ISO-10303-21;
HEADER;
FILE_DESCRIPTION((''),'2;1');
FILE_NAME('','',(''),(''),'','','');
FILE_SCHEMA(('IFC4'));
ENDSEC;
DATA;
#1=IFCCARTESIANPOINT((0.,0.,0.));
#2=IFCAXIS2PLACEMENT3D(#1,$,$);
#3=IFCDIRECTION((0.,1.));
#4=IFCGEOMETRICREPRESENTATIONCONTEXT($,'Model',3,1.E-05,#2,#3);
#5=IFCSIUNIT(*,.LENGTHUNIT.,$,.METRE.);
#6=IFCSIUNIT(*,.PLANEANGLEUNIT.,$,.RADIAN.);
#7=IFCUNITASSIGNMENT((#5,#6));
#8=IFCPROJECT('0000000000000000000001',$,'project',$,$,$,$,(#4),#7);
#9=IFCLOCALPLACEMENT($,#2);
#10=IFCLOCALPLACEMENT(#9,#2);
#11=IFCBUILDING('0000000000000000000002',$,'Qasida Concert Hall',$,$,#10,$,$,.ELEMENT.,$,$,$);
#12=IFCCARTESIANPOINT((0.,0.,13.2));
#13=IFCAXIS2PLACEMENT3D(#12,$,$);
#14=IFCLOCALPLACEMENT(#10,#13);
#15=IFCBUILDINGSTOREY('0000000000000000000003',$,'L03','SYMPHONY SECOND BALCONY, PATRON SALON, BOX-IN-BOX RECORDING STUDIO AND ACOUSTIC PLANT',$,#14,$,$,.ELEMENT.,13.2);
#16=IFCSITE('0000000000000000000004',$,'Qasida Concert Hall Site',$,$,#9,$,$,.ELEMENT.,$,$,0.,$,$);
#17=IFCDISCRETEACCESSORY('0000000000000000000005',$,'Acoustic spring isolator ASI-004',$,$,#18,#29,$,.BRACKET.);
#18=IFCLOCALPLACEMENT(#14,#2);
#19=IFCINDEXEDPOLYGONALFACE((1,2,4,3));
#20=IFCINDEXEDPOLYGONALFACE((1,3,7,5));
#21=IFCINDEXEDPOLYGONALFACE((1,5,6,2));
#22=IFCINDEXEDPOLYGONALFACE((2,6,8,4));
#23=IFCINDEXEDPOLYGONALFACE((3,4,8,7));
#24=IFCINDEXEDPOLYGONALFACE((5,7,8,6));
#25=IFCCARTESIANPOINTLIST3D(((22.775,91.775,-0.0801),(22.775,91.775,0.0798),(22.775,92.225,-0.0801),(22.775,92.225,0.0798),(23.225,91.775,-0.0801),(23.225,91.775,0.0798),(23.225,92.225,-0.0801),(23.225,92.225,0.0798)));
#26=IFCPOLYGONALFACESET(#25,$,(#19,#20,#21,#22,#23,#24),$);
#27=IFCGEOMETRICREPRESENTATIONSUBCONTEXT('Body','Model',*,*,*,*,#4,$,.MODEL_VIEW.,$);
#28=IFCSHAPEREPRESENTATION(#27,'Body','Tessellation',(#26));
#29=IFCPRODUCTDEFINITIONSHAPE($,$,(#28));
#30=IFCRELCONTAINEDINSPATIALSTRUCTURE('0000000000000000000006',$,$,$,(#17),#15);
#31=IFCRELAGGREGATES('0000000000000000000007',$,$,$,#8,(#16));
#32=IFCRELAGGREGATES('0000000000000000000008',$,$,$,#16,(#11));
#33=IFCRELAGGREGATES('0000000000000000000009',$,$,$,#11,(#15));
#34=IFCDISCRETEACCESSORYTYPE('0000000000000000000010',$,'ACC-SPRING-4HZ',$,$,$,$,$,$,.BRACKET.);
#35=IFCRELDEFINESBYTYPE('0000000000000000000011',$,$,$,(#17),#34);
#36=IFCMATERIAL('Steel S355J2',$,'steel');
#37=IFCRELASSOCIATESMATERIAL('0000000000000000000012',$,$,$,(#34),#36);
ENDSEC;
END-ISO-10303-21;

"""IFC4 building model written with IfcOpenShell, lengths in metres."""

from ifc_helpers import new_model, si_unit, direction, frame, origin, origin_2d, place, context, subcontext, project, spatial, rectangle, extrude, material, type_object, element, save


model = new_model("IFC4")

# Units and contexts
model_context = context("Model", 3, precision=1e-05, world=origin(), true_north=direction((0.0, 1.0)))
body_context = subcontext(model_context, "Body", "Model", "MODEL_VIEW")
ifc_project = project(units=[si_unit("LENGTHUNIT", "METRE"), si_unit("PLANEANGLEUNIT", "RADIAN")], contexts=[model_context])

# Site, building, storey
site_placement = place(None, origin())
site = spatial("IfcSite", under=ifc_project, at=site_placement, Name="Qasida Concert Hall Site", CompositionType="ELEMENT", RefElevation=0.0)
building_placement = place(site_placement, origin())
building = spatial("IfcBuilding", under=site, at=building_placement, Name="Qasida Concert Hall", CompositionType="ELEMENT")
storey_placement = place(building_placement, frame((0.0, 0.0, 13.2)))
storey = spatial("IfcBuildingStorey", under=building, at=storey_placement, Name="L03", Description="SYMPHONY SECOND BALCONY, PATRON SALON, BOX-IN-BOX RECORDING STUDIO AND ACOUSTIC PLANT", CompositionType="ELEMENT", Elevation=13.2)

# Shared definitions
ifc_material_1 = material(Name="Steel S355J2", Category="steel")

# Discrete accessory
discrete_accessory_type = type_object("IfcDiscreteAccessoryType", Name="ACC-SPRING-4HZ", PredefinedType="BRACKET", material=ifc_material_1)
discrete_accessory_placement = place(storey_placement, frame((23.0, 92.0, -0.0801), z_axis=(0.0, 0.0, 1.0), x_axis=(1.0, 0.0, 0.0)))
element("IfcDiscreteAccessory", 1, at=discrete_accessory_placement, inside=storey, type_object=discrete_accessory_type, Name="Acoustic spring isolator ASI-004", PredefinedType="BRACKET", context=body_context, shape_type="SweptSolid", body=[
    extrude(rectangle(XDim=0.45, YDim=0.45, at=origin_2d()), origin(), (0.0, 0.0, 1.0), 0.1599),
])

save(model, "model.ifc")
